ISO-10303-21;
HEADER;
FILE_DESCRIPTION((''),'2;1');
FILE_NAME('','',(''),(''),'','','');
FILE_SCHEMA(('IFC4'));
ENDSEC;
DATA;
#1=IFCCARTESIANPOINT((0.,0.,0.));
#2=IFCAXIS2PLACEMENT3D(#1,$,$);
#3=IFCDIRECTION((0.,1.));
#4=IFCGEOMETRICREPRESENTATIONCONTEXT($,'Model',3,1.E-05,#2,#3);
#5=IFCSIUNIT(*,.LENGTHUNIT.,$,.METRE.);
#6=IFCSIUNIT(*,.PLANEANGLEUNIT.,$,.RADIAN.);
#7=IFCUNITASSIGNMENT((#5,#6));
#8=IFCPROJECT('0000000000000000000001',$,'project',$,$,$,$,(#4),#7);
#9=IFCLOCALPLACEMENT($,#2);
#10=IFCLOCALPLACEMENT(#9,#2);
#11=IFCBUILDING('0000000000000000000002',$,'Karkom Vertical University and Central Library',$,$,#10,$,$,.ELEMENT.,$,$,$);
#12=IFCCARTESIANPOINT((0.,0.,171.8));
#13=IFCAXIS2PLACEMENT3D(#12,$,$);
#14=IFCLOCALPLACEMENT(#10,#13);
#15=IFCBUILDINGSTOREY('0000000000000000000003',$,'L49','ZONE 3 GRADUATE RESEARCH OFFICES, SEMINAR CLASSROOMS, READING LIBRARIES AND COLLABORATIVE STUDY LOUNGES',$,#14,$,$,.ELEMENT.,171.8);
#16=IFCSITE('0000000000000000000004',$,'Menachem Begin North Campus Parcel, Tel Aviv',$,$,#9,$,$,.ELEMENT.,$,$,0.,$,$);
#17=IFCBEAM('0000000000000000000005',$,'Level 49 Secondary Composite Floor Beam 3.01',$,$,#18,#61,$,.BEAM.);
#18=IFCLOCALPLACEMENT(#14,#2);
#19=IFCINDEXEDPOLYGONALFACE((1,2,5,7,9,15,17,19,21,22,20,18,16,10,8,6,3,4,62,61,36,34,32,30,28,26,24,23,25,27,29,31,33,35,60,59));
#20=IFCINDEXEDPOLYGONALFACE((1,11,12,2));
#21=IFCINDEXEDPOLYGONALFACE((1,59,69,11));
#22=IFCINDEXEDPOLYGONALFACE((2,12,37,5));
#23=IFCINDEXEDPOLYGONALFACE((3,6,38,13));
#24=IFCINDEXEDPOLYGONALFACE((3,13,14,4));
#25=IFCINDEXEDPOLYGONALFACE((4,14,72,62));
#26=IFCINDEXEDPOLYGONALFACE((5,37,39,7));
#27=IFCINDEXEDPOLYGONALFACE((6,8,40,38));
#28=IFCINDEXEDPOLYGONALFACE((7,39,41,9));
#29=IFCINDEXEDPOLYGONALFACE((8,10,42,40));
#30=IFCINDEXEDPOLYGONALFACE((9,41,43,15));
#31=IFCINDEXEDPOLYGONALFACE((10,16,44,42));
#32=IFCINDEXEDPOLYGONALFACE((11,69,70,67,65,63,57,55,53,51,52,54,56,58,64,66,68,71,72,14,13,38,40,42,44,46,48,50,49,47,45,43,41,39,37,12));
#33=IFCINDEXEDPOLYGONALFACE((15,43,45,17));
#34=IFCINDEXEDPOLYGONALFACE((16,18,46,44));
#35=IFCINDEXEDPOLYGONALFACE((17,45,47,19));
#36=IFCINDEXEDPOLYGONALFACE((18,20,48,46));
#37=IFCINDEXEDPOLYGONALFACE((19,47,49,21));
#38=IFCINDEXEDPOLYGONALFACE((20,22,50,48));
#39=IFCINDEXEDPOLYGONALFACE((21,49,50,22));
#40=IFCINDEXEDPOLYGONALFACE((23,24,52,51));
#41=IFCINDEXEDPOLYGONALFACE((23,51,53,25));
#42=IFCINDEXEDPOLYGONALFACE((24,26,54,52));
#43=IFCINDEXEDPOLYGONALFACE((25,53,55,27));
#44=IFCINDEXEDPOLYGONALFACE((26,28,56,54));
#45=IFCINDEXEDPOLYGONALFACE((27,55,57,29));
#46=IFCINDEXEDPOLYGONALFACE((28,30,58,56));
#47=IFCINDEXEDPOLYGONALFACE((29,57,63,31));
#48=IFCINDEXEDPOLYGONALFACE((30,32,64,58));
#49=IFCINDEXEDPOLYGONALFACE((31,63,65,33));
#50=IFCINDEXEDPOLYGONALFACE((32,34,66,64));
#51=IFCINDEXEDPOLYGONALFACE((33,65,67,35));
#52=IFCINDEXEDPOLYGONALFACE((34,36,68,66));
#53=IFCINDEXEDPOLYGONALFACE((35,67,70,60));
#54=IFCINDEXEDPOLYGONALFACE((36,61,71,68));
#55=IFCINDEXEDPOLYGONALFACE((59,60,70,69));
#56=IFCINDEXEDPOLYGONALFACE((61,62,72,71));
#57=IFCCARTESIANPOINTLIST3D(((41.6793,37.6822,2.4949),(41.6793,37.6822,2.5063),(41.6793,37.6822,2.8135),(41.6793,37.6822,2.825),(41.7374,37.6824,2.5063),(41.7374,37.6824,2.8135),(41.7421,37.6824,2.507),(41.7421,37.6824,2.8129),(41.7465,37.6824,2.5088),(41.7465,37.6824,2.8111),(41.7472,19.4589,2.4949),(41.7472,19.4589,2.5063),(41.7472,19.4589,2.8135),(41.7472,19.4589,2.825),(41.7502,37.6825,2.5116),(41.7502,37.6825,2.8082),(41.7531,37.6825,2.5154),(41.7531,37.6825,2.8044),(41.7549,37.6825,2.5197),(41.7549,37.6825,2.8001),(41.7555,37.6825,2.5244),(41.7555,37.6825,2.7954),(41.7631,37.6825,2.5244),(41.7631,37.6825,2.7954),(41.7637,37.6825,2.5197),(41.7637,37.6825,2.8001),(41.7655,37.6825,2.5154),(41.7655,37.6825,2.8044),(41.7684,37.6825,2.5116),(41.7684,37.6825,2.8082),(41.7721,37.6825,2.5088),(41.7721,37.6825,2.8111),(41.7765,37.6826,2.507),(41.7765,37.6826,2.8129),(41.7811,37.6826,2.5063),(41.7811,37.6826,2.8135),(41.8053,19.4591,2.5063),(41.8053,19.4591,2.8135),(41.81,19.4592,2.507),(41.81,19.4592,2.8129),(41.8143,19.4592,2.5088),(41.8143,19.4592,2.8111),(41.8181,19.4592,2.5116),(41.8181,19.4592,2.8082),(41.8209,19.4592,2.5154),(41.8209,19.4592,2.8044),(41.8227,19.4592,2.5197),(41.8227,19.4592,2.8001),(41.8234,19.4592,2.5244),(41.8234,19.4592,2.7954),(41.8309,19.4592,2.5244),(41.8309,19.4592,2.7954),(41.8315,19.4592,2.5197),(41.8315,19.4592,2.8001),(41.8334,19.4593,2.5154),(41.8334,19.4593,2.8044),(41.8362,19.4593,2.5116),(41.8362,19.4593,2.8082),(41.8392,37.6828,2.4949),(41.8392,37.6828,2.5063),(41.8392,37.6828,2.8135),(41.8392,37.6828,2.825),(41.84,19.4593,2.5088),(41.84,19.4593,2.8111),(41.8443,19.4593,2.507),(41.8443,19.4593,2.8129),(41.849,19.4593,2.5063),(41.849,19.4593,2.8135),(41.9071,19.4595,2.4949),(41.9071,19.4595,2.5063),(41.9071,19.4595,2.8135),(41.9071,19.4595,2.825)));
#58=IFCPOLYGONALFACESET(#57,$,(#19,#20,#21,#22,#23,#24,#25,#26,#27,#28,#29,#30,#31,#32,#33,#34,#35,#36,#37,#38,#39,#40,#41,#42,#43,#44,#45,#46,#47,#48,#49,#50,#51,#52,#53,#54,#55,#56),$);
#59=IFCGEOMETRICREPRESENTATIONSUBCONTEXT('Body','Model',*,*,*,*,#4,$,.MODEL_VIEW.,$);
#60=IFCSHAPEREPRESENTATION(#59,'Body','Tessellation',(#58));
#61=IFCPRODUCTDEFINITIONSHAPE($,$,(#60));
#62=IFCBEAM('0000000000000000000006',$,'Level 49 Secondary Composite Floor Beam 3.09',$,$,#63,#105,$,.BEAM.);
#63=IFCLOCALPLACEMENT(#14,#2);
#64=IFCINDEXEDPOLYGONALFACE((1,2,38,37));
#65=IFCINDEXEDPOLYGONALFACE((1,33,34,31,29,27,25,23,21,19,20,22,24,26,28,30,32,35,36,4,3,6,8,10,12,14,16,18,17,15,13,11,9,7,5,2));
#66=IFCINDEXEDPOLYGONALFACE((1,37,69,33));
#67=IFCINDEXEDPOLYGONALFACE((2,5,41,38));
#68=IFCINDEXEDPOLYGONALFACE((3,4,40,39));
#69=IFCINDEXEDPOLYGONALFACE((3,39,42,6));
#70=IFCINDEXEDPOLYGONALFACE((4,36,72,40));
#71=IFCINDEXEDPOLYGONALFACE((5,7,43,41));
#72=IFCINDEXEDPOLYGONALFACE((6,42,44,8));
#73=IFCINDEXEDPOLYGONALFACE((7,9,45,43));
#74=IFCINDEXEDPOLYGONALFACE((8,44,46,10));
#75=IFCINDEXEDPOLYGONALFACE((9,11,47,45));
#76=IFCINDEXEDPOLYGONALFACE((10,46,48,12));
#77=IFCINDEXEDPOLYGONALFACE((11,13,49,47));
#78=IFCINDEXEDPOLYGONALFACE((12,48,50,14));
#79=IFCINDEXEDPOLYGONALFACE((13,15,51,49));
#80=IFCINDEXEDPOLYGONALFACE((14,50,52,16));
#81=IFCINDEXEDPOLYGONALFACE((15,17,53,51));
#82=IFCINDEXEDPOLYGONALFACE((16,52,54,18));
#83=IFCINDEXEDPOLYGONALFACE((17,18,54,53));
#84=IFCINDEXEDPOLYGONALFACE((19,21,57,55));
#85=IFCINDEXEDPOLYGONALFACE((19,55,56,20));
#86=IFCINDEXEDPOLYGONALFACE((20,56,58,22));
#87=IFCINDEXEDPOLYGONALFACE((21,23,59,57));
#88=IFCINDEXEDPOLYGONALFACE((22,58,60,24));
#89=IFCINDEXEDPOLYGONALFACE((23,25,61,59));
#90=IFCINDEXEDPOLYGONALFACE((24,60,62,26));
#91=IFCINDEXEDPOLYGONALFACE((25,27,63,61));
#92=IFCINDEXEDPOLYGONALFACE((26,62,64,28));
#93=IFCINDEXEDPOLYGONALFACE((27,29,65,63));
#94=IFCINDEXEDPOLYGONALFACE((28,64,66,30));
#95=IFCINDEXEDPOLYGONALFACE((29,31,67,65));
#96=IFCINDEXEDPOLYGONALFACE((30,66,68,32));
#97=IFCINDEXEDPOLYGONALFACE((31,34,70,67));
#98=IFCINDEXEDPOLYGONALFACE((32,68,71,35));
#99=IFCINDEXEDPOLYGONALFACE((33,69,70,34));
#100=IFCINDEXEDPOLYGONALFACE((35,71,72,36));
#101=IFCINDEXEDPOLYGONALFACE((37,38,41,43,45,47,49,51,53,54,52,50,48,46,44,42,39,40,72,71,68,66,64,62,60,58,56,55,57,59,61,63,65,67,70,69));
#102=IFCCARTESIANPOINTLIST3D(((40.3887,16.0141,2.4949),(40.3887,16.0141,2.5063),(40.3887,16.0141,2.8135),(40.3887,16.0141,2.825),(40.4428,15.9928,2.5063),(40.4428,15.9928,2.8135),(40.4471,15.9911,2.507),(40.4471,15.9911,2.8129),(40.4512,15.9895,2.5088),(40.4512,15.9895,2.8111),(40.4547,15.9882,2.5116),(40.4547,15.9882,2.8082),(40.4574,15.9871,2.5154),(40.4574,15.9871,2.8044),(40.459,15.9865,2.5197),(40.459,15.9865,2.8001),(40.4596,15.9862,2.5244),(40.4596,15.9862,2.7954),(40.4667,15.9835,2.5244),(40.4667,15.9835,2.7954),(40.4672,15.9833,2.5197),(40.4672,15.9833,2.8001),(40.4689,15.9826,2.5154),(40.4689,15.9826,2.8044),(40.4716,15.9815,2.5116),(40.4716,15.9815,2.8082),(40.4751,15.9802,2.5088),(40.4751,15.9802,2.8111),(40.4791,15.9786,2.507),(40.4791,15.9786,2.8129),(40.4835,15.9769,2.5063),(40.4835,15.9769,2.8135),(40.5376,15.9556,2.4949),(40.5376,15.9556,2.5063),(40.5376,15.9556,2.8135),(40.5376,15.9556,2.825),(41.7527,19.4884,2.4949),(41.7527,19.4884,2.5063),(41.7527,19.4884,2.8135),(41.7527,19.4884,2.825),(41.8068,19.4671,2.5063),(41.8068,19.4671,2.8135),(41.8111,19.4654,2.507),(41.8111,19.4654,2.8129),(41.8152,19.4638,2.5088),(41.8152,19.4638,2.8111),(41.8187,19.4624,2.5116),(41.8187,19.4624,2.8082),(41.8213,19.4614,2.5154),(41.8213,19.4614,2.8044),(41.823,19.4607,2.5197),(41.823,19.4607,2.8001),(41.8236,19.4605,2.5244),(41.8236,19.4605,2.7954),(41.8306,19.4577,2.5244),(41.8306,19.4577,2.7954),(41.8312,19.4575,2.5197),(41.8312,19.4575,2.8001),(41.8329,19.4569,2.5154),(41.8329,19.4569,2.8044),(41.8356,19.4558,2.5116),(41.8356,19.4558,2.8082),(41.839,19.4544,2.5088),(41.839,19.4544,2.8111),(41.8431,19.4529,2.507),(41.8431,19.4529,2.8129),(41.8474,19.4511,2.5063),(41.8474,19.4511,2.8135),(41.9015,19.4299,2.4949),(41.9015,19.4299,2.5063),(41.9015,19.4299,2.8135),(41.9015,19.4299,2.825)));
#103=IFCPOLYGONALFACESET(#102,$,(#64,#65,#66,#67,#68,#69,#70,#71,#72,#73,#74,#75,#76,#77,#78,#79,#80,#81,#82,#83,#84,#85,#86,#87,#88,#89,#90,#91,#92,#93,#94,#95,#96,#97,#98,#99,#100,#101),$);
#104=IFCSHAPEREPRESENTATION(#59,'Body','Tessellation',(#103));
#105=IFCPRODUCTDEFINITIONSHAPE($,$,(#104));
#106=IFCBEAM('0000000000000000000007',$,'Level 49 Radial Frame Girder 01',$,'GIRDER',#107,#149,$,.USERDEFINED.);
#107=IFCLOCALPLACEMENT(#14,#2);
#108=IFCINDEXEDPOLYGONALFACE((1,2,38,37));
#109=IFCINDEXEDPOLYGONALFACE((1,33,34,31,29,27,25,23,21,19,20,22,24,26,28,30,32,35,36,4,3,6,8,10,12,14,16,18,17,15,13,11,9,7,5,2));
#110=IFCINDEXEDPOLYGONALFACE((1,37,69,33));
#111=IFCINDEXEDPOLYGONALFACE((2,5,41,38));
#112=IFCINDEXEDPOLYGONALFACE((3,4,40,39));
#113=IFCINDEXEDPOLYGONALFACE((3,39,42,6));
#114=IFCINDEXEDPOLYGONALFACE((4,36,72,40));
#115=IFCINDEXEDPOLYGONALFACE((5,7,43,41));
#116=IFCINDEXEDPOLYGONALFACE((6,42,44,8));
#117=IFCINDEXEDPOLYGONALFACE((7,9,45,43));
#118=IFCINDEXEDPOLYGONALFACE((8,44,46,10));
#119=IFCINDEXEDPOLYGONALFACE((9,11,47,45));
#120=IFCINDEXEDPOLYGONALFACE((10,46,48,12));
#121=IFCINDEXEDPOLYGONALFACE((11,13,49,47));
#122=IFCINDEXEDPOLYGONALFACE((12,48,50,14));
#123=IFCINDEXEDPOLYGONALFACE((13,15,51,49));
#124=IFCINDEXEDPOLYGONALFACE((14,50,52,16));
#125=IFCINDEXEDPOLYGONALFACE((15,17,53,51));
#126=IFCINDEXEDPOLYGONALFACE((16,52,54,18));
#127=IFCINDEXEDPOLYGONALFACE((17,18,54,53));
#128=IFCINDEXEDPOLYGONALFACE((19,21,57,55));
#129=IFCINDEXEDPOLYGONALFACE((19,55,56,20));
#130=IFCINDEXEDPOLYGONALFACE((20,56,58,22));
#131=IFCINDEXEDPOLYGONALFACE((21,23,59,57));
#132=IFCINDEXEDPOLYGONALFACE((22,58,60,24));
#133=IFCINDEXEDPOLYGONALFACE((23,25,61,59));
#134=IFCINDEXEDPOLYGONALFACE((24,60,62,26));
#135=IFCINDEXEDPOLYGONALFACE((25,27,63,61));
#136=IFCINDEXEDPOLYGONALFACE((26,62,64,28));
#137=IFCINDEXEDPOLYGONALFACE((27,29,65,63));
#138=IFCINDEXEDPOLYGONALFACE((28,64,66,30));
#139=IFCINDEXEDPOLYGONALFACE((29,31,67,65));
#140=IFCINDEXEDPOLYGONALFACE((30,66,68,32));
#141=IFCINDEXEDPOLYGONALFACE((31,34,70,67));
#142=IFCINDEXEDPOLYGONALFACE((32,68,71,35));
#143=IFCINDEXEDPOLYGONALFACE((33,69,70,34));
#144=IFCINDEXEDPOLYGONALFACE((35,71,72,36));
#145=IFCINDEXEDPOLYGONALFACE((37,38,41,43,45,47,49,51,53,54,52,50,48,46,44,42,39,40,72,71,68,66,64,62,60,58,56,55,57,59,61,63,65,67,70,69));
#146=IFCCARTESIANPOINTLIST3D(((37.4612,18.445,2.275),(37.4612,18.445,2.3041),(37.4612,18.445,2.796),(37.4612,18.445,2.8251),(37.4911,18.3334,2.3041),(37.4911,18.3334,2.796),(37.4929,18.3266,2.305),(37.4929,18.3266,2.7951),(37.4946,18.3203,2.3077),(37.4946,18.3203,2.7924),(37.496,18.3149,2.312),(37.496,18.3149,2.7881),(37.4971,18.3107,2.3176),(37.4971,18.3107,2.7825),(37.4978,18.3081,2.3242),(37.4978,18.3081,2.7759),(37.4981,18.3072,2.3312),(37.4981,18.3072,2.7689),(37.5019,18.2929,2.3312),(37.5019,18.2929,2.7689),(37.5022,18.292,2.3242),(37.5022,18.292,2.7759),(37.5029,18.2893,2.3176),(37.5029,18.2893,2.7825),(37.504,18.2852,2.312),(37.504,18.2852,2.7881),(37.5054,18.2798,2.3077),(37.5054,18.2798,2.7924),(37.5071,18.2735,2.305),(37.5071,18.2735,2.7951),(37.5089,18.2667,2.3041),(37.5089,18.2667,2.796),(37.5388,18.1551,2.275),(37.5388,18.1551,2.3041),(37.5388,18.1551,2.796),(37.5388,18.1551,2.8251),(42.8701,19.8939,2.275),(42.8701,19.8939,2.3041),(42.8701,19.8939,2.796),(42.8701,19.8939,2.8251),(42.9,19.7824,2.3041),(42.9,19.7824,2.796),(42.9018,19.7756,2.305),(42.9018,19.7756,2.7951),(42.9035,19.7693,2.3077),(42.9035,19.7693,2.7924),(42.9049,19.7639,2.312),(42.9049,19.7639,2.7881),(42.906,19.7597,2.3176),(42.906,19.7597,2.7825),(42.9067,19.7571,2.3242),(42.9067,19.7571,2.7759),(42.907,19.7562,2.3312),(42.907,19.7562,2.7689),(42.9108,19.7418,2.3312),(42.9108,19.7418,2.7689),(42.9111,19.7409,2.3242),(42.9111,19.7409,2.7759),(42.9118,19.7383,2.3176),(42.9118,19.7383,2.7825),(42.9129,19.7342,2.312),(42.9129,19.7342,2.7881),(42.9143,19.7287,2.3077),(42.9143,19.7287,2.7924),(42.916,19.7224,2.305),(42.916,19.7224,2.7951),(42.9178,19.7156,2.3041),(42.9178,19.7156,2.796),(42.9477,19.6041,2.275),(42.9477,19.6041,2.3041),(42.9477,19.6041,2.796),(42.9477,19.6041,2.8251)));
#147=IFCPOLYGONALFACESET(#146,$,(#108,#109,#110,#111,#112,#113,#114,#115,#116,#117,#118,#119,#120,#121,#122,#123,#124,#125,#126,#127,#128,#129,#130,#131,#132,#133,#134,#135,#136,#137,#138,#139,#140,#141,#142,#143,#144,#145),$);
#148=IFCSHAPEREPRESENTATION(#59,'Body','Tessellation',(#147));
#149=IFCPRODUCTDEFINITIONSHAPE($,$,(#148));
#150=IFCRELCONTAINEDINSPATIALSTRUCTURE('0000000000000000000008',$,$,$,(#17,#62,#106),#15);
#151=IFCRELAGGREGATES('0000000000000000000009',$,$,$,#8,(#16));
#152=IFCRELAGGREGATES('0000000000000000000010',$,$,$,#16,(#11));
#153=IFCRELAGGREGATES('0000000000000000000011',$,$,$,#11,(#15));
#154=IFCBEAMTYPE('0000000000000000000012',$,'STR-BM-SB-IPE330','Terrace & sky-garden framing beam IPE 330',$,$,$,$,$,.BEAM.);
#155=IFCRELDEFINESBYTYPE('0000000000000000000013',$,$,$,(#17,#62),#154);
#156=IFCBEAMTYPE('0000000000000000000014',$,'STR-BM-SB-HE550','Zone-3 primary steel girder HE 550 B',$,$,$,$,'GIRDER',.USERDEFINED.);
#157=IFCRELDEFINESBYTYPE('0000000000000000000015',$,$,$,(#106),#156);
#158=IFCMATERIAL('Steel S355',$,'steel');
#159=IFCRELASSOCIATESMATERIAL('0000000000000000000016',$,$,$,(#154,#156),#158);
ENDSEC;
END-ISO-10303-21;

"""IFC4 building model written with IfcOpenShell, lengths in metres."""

from ifc_helpers import new_model, si_unit, direction, frame, origin, origin_with_axes, origin_2d, place, context, subcontext, project, spatial, i_section, extrude, source, transform, mapped, material, material_profile, profile_set, type_object, element, save


model = new_model("IFC4")

# Units and contexts
model_context = context("Model", 3, precision=1e-05, world=origin(), true_north=direction((0.0, 1.0)))
body_context = subcontext(model_context, "Body", "Model", "MODEL_VIEW")
ifc_project = project(units=[si_unit("LENGTHUNIT", "METRE"), si_unit("PLANEANGLEUNIT", "RADIAN")], contexts=[model_context])

# Site, building, storey
site_placement = place(None, origin())
site = spatial("IfcSite", under=ifc_project, at=site_placement, Name="Menachem Begin North Campus Parcel, Tel Aviv", CompositionType="ELEMENT", RefElevation=0.0)
building_placement = place(site_placement, origin())
building = spatial("IfcBuilding", under=site, at=building_placement, Name="Karkom Vertical University and Central Library", CompositionType="ELEMENT")
storey_placement = place(building_placement, frame((0.0, 0.0, 171.8)))
storey = spatial("IfcBuildingStorey", under=building, at=storey_placement, Name="L49", Description="ZONE 3 GRADUATE RESEARCH OFFICES, SEMINAR CLASSROOMS, READING LIBRARIES AND COLLABORATIVE STUDY LOUNGES", CompositionType="ELEMENT", Elevation=171.8)

# Beams
ifc_material_1 = material(Name="Steel S355", Category="steel")
ifc_material_profile_1 = material_profile(ifc_material_1, i_section(OverallWidth=0.1599, OverallDepth=0.3301, WebThickness=0.0076, FlangeThickness=0.0115, FilletRadius=0.0181, at=origin_2d()), Name="IPE 330")
ifc_profile_set_1 = profile_set([ifc_material_profile_1], Name="Steel S355")
beam_type_1 = type_object("IfcBeamType", Name="STR-BM-SB-IPE330", Description="Terrace & sky-garden framing beam IPE 330", PredefinedType="BEAM", material=ifc_profile_set_1)
shared_shape_1 = source(origin_with_axes(), body_context, "Body", "SweptSolid", [
    extrude(i_section(OverallWidth=0.1599, OverallDepth=0.3301, WebThickness=0.0076, FlangeThickness=0.0115, FilletRadius=0.0181, at=origin_2d()), origin(), (0.0, 0.0, 1.0), 18.2234),
])
beam_1_placement = place(storey_placement, frame((41.8271, 19.4592, 2.6599), z_axis=(-0.003724, 0.999993, 0.0), x_axis=(-0.999993, -0.003724, 0.0)))
element("IfcBeam", 1, at=beam_1_placement, inside=storey, type_object=beam_type_1, Name="Level 49 Secondary Composite Floor Beam 3.01", PredefinedType="BEAM", context=body_context, shape_type="MappedRepresentation", body=[
    mapped(shared_shape_1, transform((0.0, 0.0, 0.0), scale=1.0)),
])
shared_shape_2 = source(origin_with_axes(), body_context, "Body", "SweptSolid", [
    extrude(i_section(OverallWidth=0.1599, OverallDepth=0.3301, WebThickness=0.0076, FlangeThickness=0.0115, FilletRadius=0.0181, at=origin_2d()), origin(), (0.0, 0.0, 1.0), 3.7324),
])
beam_2_placement = place(storey_placement, frame((40.4631, 15.9849, 2.6599), z_axis=(0.36544, 0.930835, 0.0), x_axis=(-0.930835, 0.36544, 0.0)))
element("IfcBeam", 2, at=beam_2_placement, inside=storey, type_object=beam_type_1, Name="Level 49 Secondary Composite Floor Beam 3.09", PredefinedType="BEAM", context=body_context, shape_type="MappedRepresentation", body=[
    mapped(shared_shape_2, transform((0.0, 0.0, 0.0), scale=1.0)),
])
ifc_material_profile_2 = material_profile(ifc_material_1, i_section(OverallWidth=0.3, OverallDepth=0.55, WebThickness=0.0149, FlangeThickness=0.0291, FilletRadius=0.0271, at=origin_2d()), Name="HE 550 B")
ifc_profile_set_2 = profile_set([ifc_material_profile_2], Name="Steel S355")
beam_type_2 = type_object("IfcBeamType", Name="STR-BM-SB-HE550", Description="Zone-3 primary steel girder HE 550 B", ElementType="GIRDER", PredefinedType="USERDEFINED", material=ifc_profile_set_2)
shared_shape_3 = source(origin_with_axes(), body_context, "Body", "SweptSolid", [
    extrude(i_section(OverallWidth=0.3, OverallDepth=0.55, WebThickness=0.0149, FlangeThickness=0.0291, FilletRadius=0.0271, at=origin_2d()), origin(), (0.0, 0.0, 1.0), 5.5996),
])
beam_3_placement = place(storey_placement, frame((37.5, 18.3, 2.55), z_axis=(0.965941, 0.258762, 0.0), x_axis=(-0.258762, 0.965941, 0.0)))
element("IfcBeam", 3, at=beam_3_placement, inside=storey, type_object=beam_type_2, Name="Level 49 Radial Frame Girder 01", ObjectType="GIRDER", PredefinedType="USERDEFINED", context=body_context, shape_type="MappedRepresentation", body=[
    mapped(shared_shape_3, transform((0.0, 0.0, 0.0), scale=1.0)),
])

save(model, "model.ifc")
